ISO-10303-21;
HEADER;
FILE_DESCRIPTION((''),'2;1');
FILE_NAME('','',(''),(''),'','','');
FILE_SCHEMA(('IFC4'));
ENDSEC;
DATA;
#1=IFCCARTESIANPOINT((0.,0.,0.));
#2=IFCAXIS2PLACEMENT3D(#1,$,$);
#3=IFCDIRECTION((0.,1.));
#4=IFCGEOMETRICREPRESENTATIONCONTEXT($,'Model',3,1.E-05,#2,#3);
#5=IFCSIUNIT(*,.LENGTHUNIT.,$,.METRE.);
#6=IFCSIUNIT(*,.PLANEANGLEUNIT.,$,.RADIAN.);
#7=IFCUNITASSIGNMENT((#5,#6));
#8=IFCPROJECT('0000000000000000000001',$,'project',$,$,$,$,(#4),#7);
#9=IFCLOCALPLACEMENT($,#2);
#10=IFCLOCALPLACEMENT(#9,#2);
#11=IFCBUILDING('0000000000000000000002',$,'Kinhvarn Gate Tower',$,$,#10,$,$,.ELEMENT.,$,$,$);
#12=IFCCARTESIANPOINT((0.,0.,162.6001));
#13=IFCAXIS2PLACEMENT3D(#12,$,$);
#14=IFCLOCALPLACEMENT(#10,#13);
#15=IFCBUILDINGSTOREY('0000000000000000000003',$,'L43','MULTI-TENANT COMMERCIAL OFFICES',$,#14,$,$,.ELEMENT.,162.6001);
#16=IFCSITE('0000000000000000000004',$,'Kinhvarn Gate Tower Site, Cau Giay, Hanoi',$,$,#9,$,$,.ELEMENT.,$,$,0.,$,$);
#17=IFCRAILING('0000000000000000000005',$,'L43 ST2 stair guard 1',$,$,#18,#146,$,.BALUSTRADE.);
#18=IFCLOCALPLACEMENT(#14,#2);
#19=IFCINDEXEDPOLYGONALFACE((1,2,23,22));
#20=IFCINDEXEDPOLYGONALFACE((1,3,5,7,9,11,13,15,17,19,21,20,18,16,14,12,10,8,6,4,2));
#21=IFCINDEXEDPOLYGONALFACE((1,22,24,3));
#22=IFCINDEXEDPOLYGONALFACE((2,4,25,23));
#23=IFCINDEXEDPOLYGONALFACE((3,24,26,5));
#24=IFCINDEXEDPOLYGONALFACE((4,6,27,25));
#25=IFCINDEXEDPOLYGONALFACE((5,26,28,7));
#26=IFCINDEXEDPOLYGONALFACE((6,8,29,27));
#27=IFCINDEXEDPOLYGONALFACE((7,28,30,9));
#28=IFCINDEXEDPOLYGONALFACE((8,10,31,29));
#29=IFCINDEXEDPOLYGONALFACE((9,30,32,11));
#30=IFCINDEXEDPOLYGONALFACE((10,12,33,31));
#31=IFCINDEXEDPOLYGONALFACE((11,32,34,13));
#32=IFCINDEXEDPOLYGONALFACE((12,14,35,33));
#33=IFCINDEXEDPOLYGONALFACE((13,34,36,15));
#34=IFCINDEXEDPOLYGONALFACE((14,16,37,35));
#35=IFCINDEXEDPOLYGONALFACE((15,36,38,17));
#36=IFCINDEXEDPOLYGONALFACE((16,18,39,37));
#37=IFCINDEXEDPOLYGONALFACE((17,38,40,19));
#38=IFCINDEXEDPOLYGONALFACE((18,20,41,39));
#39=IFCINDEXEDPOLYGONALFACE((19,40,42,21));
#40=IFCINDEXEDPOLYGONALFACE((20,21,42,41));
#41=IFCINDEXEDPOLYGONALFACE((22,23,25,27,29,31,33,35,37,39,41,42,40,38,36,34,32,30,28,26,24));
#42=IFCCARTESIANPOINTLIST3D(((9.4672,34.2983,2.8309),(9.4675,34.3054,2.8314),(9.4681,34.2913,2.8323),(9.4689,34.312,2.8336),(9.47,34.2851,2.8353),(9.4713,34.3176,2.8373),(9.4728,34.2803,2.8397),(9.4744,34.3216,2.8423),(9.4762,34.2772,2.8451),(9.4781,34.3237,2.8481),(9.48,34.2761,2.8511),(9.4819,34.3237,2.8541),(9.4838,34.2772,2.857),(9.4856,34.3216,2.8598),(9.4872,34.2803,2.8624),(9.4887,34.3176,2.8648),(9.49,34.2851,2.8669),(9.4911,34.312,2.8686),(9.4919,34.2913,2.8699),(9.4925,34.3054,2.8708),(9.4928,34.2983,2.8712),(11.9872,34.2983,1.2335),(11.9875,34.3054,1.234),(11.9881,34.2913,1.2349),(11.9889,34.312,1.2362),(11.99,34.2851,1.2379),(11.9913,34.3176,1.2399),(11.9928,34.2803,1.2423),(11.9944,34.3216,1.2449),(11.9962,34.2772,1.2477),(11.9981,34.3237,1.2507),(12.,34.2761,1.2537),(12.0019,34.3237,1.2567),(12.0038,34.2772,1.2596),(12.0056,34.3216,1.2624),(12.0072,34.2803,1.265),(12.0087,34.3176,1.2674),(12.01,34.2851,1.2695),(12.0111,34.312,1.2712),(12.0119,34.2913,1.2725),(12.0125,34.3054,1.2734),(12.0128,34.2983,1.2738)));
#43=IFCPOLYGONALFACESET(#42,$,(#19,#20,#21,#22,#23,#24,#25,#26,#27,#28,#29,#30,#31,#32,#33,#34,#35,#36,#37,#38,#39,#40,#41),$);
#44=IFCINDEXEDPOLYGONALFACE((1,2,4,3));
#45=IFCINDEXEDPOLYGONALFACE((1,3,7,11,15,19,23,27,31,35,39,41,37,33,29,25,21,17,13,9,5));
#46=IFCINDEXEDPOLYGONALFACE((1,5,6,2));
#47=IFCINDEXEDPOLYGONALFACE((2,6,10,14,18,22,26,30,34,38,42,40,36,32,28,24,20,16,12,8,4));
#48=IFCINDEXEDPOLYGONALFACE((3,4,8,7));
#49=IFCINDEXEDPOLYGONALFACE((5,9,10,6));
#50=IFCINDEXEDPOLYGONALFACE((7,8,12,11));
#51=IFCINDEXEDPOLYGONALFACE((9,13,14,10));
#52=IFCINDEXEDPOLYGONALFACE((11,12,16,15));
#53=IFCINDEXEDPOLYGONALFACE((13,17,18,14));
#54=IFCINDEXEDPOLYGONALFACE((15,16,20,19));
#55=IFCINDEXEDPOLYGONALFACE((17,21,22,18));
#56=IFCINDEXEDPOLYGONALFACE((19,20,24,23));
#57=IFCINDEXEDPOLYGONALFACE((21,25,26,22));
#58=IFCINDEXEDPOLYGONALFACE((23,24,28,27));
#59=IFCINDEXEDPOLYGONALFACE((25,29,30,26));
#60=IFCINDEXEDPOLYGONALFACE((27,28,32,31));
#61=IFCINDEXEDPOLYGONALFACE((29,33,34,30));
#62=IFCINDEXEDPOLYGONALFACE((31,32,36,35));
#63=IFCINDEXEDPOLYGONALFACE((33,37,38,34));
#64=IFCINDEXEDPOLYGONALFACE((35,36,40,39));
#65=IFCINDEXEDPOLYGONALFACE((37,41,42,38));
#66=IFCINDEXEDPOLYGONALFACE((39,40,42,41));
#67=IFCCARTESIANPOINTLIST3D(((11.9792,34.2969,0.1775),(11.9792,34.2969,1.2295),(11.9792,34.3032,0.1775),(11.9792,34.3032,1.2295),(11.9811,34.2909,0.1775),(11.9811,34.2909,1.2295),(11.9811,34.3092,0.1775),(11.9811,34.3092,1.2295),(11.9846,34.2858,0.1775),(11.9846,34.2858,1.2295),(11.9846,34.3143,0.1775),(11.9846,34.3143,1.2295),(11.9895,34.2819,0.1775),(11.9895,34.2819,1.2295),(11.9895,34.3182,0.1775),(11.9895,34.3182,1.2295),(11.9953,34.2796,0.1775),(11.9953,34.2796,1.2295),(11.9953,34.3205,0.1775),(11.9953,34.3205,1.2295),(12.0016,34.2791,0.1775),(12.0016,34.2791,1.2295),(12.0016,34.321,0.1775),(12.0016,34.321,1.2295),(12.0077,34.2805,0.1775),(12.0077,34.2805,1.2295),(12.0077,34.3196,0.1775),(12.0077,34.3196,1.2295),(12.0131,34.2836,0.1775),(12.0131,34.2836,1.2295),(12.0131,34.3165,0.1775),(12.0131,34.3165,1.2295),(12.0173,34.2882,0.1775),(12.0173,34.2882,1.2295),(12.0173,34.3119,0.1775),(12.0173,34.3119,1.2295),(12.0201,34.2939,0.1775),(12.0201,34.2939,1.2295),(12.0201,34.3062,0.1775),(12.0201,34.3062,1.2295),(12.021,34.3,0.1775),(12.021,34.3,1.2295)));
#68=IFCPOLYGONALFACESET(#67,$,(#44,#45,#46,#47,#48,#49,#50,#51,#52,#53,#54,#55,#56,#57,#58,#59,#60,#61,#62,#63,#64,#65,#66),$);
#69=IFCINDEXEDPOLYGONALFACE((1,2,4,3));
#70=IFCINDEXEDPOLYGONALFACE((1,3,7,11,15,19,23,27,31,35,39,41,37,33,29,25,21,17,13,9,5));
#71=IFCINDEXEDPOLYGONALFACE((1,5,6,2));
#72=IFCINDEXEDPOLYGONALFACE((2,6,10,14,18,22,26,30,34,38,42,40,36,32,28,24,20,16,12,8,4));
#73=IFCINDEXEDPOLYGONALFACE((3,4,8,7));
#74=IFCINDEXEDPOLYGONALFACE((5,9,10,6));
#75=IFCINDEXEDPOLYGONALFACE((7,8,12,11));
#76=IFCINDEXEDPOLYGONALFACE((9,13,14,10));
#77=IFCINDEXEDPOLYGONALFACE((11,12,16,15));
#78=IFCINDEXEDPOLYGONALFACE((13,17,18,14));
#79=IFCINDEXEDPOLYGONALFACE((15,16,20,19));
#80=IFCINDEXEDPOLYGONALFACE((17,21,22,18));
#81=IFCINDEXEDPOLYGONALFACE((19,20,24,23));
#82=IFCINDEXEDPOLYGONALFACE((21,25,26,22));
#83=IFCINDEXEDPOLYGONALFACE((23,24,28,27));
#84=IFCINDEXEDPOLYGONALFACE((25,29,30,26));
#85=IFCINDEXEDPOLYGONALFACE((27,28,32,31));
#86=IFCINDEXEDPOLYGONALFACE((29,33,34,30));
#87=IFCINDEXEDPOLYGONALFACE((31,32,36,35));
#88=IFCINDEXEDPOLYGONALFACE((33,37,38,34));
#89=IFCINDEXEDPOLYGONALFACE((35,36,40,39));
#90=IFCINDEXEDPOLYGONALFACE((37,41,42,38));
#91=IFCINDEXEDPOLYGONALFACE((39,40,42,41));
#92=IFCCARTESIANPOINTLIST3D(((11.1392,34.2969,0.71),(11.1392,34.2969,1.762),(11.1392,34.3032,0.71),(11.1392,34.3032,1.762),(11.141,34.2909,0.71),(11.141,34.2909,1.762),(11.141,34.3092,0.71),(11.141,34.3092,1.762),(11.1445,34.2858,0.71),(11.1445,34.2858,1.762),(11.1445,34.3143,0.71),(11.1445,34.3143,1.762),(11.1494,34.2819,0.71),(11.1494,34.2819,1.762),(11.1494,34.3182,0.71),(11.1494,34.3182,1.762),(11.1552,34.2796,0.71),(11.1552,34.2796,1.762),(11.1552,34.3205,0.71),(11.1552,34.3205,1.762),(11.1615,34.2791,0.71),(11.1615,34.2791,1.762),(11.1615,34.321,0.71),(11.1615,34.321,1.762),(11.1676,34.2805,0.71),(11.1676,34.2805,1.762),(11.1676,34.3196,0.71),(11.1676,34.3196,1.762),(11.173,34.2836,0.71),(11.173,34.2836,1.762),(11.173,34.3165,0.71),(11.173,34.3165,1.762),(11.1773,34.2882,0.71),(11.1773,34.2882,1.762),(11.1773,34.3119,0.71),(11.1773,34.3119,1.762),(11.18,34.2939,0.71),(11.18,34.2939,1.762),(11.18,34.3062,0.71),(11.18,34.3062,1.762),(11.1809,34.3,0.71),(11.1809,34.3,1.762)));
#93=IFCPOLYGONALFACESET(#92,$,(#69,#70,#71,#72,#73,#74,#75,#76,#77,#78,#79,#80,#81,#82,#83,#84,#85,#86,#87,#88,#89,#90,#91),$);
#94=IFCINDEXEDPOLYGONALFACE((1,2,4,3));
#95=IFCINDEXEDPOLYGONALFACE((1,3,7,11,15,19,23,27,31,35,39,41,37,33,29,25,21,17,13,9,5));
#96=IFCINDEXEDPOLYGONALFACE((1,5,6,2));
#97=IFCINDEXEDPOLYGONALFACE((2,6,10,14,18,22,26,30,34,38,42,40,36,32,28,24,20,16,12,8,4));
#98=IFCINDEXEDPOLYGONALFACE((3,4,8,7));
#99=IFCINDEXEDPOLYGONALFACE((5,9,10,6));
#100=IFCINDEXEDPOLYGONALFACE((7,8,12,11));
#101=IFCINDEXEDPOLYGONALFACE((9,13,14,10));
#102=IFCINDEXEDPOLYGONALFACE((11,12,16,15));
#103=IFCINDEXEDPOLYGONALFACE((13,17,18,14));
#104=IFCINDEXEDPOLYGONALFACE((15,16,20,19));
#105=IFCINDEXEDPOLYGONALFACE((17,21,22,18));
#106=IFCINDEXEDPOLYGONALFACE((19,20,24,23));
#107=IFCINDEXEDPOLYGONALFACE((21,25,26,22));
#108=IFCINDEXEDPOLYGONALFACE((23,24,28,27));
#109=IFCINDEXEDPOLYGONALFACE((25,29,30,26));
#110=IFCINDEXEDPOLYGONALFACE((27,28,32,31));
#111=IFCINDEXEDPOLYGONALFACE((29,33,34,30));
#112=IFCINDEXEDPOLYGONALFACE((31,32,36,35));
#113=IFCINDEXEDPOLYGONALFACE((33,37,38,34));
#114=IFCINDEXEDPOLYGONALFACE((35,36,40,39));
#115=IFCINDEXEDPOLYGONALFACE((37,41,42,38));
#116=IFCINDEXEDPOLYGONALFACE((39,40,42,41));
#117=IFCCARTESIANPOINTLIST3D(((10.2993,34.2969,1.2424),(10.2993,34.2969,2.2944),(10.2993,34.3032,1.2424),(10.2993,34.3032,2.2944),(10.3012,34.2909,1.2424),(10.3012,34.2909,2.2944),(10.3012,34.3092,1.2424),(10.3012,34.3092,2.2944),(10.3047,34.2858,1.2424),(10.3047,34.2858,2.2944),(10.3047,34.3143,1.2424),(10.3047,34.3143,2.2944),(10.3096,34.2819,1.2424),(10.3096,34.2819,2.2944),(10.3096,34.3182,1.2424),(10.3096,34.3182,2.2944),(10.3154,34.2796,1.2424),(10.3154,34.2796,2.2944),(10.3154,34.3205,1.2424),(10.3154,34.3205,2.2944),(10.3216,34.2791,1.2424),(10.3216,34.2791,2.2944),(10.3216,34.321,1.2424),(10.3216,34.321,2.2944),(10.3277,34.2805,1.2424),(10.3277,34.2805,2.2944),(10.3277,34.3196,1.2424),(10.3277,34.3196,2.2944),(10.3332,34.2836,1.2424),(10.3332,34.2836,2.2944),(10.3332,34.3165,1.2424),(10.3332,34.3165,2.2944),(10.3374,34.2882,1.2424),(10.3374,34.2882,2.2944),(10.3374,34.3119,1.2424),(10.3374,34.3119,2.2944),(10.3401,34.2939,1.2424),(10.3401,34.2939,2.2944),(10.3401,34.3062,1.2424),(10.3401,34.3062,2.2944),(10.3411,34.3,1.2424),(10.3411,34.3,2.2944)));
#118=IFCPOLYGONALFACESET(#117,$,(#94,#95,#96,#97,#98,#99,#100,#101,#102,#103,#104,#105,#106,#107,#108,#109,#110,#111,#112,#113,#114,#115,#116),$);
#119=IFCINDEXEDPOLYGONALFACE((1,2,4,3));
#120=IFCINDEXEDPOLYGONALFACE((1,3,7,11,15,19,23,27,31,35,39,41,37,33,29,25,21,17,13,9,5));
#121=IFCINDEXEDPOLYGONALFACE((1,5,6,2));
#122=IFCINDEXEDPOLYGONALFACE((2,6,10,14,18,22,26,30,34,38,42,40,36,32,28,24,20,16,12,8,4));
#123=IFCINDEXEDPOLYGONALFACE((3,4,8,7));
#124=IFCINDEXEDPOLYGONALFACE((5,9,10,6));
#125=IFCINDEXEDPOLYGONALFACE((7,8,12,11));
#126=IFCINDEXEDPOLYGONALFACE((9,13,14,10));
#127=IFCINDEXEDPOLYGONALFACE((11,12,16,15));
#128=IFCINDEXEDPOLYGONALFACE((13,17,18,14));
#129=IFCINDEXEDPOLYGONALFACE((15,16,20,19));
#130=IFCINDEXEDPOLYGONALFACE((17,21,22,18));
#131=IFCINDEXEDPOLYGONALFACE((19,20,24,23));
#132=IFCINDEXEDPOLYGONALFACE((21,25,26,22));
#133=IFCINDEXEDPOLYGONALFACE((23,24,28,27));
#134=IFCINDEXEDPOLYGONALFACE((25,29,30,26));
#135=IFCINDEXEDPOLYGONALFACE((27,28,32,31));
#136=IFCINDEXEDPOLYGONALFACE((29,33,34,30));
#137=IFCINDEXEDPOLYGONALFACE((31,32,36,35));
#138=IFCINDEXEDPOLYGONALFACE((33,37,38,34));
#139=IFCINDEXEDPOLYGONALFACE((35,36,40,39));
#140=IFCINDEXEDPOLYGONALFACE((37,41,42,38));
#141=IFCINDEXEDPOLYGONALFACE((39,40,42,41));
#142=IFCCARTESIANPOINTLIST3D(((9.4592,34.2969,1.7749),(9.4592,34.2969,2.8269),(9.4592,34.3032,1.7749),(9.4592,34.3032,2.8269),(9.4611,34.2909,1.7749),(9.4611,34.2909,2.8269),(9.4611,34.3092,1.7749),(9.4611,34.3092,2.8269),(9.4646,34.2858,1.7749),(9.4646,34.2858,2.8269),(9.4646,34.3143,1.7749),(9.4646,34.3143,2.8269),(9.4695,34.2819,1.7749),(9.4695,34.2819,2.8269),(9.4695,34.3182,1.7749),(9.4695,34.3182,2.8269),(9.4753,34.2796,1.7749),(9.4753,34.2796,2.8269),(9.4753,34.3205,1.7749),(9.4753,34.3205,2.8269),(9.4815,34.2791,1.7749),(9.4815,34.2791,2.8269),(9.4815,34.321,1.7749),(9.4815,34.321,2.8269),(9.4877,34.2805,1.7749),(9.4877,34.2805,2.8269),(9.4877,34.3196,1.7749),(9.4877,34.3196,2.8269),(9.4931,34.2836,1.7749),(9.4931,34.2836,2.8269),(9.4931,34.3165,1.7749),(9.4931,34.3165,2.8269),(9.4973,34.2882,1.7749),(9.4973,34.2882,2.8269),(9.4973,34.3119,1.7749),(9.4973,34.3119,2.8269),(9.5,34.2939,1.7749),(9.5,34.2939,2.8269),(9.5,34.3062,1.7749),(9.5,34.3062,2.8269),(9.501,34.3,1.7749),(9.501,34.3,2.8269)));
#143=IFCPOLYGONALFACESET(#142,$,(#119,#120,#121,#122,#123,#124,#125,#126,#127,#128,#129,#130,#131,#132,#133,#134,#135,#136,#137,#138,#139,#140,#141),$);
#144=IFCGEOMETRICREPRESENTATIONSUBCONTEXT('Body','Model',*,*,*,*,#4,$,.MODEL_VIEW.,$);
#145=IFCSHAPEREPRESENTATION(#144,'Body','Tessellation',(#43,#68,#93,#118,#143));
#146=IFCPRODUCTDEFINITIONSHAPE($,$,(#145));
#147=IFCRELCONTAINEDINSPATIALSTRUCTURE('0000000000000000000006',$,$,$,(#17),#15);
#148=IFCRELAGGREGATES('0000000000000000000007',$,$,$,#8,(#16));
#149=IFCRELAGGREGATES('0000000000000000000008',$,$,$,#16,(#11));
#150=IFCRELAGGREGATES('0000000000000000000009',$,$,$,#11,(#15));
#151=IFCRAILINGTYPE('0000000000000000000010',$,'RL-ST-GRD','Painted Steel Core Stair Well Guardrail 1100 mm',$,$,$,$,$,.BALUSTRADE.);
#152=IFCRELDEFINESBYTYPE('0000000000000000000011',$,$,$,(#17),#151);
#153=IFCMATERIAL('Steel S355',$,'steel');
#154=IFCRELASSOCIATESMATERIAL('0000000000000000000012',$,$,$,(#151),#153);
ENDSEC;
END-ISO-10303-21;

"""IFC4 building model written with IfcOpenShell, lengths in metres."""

from ifc_helpers import new_model, si_unit, direction, frame, origin, origin_2d, place, context, subcontext, project, spatial, circle, extrude, material, type_object, element, save


model = new_model("IFC4")

# Units and contexts
model_context = context("Model", 3, precision=1e-05, world=origin(), true_north=direction((0.0, 1.0)))
body_context = subcontext(model_context, "Body", "Model", "MODEL_VIEW")
ifc_project = project(units=[si_unit("LENGTHUNIT", "METRE"), si_unit("PLANEANGLEUNIT", "RADIAN")], contexts=[model_context])

# Site, building, storey
site_placement = place(None, origin())
site = spatial("IfcSite", under=ifc_project, at=site_placement, Name="Kinhvarn Gate Tower Site, Cau Giay, Hanoi", CompositionType="ELEMENT", RefElevation=0.0)
building_placement = place(site_placement, origin())
building = spatial("IfcBuilding", under=site, at=building_placement, Name="Kinhvarn Gate Tower", CompositionType="ELEMENT")
storey_placement = place(building_placement, frame((0.0, 0.0, 162.6001)))
storey = spatial("IfcBuildingStorey", under=building, at=storey_placement, Name="L43", Description="MULTI-TENANT COMMERCIAL OFFICES", CompositionType="ELEMENT", Elevation=162.6001)

# Shared definitions
ifc_material_1 = material(Name="Steel S355", Category="steel")

# Railing
railing_type_1 = type_object("IfcRailingType", Name="RL-ST-GRD", Description="Painted Steel Core Stair Well Guardrail 1100 mm", PredefinedType="BALUSTRADE", material=ifc_material_1)
railing_1_placement = place(storey_placement, frame((12.0, 34.3, 0.1775)))
element("IfcRailing", 1, at=railing_1_placement, inside=storey, type_object=railing_type_1, Name="L43 ST2 stair guard 1", PredefinedType="BALUSTRADE", context=body_context, shape_type="SweptSolid", body=[
    extrude(circle(Radius=0.0239, at=origin_2d()), frame((0.0, 0.0, 1.0762), z_axis=(-0.844607, 0.0, 0.535387), x_axis=(0.0, -1.0, 0.0)), (0.0, 0.0, 1.0), 2.9836),
    extrude(circle(Radius=0.021, at=origin_2d()), origin(), (0.0, 0.0, 1.0), 1.052),
    extrude(circle(Radius=0.021, at=origin_2d()), frame((-0.8401, 0.0, 0.5325)), (0.0, 0.0, 1.0), 1.052),
    extrude(circle(Radius=0.021, at=origin_2d()), frame((-1.6799, 0.0, 1.0649)), (0.0, 0.0, 1.0), 1.052),
    extrude(circle(Radius=0.021, at=origin_2d()), frame((-2.52, 0.0, 1.5974)), (0.0, 0.0, 1.0), 1.052),
])

save(model, "model.ifc")
